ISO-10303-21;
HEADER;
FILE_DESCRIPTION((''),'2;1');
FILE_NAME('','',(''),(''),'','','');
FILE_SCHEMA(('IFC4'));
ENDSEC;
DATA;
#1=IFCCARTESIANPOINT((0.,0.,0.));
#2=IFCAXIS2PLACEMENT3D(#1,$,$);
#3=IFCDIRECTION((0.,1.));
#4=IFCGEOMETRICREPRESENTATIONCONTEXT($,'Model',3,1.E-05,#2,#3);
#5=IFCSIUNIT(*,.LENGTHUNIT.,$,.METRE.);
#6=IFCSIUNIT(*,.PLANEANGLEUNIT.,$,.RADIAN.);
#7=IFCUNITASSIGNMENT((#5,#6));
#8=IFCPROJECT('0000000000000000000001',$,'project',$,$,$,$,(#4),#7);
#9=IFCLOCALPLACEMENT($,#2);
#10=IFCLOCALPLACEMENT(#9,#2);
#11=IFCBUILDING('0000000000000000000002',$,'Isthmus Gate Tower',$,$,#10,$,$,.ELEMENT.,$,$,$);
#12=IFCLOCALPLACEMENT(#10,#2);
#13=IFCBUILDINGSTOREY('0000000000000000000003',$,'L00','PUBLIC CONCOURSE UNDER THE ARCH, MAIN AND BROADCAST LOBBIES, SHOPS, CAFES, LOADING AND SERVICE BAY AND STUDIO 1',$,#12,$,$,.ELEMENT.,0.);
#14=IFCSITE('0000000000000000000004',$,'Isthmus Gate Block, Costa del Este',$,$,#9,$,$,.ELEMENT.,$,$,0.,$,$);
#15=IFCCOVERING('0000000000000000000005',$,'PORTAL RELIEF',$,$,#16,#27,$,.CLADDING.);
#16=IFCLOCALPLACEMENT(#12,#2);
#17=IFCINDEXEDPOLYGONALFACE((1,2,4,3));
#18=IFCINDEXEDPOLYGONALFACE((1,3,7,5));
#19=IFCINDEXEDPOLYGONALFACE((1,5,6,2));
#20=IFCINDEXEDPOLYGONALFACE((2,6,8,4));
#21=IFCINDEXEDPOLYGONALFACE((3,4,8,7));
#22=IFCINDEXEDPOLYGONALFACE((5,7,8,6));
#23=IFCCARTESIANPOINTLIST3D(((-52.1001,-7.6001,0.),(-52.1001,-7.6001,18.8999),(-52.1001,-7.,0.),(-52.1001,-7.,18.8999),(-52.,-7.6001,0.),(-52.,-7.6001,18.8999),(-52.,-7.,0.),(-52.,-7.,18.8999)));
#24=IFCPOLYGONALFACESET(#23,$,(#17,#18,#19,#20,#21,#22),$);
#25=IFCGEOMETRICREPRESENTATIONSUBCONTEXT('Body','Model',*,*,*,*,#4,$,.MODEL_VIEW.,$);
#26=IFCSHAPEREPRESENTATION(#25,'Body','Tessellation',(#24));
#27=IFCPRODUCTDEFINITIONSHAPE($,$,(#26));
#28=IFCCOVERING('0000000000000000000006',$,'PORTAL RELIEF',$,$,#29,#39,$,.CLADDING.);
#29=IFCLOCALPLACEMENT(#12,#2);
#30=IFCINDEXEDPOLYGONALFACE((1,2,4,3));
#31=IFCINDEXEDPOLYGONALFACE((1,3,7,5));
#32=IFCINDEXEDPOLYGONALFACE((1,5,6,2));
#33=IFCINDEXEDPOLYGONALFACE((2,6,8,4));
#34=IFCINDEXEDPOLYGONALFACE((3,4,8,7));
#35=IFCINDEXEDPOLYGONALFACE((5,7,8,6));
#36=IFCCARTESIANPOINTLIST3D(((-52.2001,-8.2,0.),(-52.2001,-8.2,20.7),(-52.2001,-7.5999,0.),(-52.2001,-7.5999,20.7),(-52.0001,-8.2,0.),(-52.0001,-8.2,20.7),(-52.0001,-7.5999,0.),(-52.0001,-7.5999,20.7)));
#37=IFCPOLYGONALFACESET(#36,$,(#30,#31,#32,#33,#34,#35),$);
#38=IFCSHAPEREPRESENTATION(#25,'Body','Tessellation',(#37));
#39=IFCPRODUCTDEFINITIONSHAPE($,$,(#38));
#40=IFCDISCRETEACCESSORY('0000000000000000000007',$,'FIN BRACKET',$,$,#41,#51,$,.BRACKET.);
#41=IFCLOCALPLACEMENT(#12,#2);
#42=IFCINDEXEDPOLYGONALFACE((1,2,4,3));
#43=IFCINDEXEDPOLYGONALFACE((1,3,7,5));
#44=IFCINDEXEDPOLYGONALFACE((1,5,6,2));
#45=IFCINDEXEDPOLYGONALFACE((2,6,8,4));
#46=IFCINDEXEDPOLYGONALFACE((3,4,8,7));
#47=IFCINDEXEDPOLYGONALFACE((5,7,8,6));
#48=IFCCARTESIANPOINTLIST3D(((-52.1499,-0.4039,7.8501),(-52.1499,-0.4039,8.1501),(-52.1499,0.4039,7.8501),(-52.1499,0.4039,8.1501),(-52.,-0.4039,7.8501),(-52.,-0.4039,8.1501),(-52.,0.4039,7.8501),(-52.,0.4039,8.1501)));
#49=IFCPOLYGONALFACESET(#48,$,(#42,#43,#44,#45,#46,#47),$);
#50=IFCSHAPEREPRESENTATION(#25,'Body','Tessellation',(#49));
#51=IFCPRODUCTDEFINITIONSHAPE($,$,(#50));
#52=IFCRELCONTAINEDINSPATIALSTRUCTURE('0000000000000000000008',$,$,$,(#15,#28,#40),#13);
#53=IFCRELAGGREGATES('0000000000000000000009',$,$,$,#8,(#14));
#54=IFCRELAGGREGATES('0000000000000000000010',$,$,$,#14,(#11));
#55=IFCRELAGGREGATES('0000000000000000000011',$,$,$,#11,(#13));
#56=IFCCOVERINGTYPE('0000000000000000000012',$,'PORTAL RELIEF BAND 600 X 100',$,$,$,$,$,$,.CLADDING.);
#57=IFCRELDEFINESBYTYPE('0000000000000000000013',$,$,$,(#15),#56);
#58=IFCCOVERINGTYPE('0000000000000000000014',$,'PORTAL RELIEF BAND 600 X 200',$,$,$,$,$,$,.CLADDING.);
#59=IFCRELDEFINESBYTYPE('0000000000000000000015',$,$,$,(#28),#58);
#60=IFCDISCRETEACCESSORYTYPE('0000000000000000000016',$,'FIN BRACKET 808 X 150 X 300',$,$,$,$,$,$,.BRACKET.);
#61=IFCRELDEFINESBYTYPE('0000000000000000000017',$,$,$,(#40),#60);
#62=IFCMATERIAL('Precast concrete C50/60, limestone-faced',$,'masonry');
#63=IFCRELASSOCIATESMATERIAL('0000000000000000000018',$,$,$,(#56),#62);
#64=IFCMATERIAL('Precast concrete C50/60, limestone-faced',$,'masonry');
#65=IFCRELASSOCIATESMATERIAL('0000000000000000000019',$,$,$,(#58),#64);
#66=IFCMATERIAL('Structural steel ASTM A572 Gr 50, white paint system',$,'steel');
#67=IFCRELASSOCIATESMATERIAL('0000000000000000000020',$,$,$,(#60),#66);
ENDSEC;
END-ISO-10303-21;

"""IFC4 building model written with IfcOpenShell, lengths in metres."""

from ifc_helpers import new_model, si_unit, direction, frame, origin, origin_2d, place, context, subcontext, project, spatial, rectangle, extrude, material, type_object, element, save


model = new_model("IFC4")

# Units and contexts
model_context = context("Model", 3, precision=1e-05, world=origin(), true_north=direction((0.0, 1.0)))
body_context = subcontext(model_context, "Body", "Model", "MODEL_VIEW")
ifc_project = project(units=[si_unit("LENGTHUNIT", "METRE"), si_unit("PLANEANGLEUNIT", "RADIAN")], contexts=[model_context])

# Site, building, storey
site_placement = place(None, origin())
site = spatial("IfcSite", under=ifc_project, at=site_placement, Name="Isthmus Gate Block, Costa del Este", CompositionType="ELEMENT", RefElevation=0.0)
building_placement = place(site_placement, origin())
building = spatial("IfcBuilding", under=site, at=building_placement, Name="Isthmus Gate Tower", CompositionType="ELEMENT")
storey_placement = place(building_placement, origin())
storey = spatial("IfcBuildingStorey", under=building, at=storey_placement, Name="L00", Description="PUBLIC CONCOURSE UNDER THE ARCH, MAIN AND BROADCAST LOBBIES, SHOPS, CAFES, LOADING AND SERVICE BAY AND STUDIO 1", CompositionType="ELEMENT", Elevation=0.0)

# Coverings
ifc_material_1 = material(Name="Precast concrete C50/60, limestone-faced", Category="masonry")
covering_type_1 = type_object("IfcCoveringType", Name="PORTAL RELIEF BAND 600 X 100", PredefinedType="CLADDING", material=ifc_material_1)
covering_1_placement = place(storey_placement, frame((-52.05, -7.3, 0.0), z_axis=(0.0, 0.0, 1.0), x_axis=(1.0, 0.0, 0.0)))
element("IfcCovering", 1, at=covering_1_placement, inside=storey, type_object=covering_type_1, Name="PORTAL RELIEF", PredefinedType="CLADDING", context=body_context, shape_type="SweptSolid", body=[
    extrude(rectangle(XDim=0.1001, YDim=0.6001, at=origin_2d()), origin(), (0.0, 0.0, 1.0), 18.8999),
])
ifc_material_2 = material(Name="Precast concrete C50/60, limestone-faced", Category="masonry")
covering_type_2 = type_object("IfcCoveringType", Name="PORTAL RELIEF BAND 600 X 200", PredefinedType="CLADDING", material=ifc_material_2)
covering_2_placement = place(storey_placement, frame((-52.1001, -7.8999, 0.0), z_axis=(0.0, 0.0, 1.0), x_axis=(1.0, 0.0, 0.0)))
element("IfcCovering", 2, at=covering_2_placement, inside=storey, type_object=covering_type_2, Name="PORTAL RELIEF", PredefinedType="CLADDING", context=body_context, shape_type="SweptSolid", body=[
    extrude(rectangle(XDim=0.2, YDim=0.6001, at=origin_2d()), origin(), (0.0, 0.0, 1.0), 20.7),
])

# Discrete accessory
ifc_material_3 = material(Name="Structural steel ASTM A572 Gr 50, white paint system", Category="steel")
discrete_accessory_type = type_object("IfcDiscreteAccessoryType", Name="FIN BRACKET 808 X 150 X 300", PredefinedType="BRACKET", material=ifc_material_3)
discrete_accessory_placement = place(storey_placement, frame((-52.075, 0.0, 7.8501), z_axis=(0.0, 0.0, 1.0), x_axis=(-1.0, 0.0, 0.0)))
element("IfcDiscreteAccessory", 3, at=discrete_accessory_placement, inside=storey, type_object=discrete_accessory_type, Name="FIN BRACKET", PredefinedType="BRACKET", context=body_context, shape_type="SweptSolid", body=[
    extrude(rectangle(XDim=0.1499, YDim=0.8079, at=origin_2d()), origin(), (0.0, 0.0, 1.0), 0.3),
])

save(model, "model.ifc")
